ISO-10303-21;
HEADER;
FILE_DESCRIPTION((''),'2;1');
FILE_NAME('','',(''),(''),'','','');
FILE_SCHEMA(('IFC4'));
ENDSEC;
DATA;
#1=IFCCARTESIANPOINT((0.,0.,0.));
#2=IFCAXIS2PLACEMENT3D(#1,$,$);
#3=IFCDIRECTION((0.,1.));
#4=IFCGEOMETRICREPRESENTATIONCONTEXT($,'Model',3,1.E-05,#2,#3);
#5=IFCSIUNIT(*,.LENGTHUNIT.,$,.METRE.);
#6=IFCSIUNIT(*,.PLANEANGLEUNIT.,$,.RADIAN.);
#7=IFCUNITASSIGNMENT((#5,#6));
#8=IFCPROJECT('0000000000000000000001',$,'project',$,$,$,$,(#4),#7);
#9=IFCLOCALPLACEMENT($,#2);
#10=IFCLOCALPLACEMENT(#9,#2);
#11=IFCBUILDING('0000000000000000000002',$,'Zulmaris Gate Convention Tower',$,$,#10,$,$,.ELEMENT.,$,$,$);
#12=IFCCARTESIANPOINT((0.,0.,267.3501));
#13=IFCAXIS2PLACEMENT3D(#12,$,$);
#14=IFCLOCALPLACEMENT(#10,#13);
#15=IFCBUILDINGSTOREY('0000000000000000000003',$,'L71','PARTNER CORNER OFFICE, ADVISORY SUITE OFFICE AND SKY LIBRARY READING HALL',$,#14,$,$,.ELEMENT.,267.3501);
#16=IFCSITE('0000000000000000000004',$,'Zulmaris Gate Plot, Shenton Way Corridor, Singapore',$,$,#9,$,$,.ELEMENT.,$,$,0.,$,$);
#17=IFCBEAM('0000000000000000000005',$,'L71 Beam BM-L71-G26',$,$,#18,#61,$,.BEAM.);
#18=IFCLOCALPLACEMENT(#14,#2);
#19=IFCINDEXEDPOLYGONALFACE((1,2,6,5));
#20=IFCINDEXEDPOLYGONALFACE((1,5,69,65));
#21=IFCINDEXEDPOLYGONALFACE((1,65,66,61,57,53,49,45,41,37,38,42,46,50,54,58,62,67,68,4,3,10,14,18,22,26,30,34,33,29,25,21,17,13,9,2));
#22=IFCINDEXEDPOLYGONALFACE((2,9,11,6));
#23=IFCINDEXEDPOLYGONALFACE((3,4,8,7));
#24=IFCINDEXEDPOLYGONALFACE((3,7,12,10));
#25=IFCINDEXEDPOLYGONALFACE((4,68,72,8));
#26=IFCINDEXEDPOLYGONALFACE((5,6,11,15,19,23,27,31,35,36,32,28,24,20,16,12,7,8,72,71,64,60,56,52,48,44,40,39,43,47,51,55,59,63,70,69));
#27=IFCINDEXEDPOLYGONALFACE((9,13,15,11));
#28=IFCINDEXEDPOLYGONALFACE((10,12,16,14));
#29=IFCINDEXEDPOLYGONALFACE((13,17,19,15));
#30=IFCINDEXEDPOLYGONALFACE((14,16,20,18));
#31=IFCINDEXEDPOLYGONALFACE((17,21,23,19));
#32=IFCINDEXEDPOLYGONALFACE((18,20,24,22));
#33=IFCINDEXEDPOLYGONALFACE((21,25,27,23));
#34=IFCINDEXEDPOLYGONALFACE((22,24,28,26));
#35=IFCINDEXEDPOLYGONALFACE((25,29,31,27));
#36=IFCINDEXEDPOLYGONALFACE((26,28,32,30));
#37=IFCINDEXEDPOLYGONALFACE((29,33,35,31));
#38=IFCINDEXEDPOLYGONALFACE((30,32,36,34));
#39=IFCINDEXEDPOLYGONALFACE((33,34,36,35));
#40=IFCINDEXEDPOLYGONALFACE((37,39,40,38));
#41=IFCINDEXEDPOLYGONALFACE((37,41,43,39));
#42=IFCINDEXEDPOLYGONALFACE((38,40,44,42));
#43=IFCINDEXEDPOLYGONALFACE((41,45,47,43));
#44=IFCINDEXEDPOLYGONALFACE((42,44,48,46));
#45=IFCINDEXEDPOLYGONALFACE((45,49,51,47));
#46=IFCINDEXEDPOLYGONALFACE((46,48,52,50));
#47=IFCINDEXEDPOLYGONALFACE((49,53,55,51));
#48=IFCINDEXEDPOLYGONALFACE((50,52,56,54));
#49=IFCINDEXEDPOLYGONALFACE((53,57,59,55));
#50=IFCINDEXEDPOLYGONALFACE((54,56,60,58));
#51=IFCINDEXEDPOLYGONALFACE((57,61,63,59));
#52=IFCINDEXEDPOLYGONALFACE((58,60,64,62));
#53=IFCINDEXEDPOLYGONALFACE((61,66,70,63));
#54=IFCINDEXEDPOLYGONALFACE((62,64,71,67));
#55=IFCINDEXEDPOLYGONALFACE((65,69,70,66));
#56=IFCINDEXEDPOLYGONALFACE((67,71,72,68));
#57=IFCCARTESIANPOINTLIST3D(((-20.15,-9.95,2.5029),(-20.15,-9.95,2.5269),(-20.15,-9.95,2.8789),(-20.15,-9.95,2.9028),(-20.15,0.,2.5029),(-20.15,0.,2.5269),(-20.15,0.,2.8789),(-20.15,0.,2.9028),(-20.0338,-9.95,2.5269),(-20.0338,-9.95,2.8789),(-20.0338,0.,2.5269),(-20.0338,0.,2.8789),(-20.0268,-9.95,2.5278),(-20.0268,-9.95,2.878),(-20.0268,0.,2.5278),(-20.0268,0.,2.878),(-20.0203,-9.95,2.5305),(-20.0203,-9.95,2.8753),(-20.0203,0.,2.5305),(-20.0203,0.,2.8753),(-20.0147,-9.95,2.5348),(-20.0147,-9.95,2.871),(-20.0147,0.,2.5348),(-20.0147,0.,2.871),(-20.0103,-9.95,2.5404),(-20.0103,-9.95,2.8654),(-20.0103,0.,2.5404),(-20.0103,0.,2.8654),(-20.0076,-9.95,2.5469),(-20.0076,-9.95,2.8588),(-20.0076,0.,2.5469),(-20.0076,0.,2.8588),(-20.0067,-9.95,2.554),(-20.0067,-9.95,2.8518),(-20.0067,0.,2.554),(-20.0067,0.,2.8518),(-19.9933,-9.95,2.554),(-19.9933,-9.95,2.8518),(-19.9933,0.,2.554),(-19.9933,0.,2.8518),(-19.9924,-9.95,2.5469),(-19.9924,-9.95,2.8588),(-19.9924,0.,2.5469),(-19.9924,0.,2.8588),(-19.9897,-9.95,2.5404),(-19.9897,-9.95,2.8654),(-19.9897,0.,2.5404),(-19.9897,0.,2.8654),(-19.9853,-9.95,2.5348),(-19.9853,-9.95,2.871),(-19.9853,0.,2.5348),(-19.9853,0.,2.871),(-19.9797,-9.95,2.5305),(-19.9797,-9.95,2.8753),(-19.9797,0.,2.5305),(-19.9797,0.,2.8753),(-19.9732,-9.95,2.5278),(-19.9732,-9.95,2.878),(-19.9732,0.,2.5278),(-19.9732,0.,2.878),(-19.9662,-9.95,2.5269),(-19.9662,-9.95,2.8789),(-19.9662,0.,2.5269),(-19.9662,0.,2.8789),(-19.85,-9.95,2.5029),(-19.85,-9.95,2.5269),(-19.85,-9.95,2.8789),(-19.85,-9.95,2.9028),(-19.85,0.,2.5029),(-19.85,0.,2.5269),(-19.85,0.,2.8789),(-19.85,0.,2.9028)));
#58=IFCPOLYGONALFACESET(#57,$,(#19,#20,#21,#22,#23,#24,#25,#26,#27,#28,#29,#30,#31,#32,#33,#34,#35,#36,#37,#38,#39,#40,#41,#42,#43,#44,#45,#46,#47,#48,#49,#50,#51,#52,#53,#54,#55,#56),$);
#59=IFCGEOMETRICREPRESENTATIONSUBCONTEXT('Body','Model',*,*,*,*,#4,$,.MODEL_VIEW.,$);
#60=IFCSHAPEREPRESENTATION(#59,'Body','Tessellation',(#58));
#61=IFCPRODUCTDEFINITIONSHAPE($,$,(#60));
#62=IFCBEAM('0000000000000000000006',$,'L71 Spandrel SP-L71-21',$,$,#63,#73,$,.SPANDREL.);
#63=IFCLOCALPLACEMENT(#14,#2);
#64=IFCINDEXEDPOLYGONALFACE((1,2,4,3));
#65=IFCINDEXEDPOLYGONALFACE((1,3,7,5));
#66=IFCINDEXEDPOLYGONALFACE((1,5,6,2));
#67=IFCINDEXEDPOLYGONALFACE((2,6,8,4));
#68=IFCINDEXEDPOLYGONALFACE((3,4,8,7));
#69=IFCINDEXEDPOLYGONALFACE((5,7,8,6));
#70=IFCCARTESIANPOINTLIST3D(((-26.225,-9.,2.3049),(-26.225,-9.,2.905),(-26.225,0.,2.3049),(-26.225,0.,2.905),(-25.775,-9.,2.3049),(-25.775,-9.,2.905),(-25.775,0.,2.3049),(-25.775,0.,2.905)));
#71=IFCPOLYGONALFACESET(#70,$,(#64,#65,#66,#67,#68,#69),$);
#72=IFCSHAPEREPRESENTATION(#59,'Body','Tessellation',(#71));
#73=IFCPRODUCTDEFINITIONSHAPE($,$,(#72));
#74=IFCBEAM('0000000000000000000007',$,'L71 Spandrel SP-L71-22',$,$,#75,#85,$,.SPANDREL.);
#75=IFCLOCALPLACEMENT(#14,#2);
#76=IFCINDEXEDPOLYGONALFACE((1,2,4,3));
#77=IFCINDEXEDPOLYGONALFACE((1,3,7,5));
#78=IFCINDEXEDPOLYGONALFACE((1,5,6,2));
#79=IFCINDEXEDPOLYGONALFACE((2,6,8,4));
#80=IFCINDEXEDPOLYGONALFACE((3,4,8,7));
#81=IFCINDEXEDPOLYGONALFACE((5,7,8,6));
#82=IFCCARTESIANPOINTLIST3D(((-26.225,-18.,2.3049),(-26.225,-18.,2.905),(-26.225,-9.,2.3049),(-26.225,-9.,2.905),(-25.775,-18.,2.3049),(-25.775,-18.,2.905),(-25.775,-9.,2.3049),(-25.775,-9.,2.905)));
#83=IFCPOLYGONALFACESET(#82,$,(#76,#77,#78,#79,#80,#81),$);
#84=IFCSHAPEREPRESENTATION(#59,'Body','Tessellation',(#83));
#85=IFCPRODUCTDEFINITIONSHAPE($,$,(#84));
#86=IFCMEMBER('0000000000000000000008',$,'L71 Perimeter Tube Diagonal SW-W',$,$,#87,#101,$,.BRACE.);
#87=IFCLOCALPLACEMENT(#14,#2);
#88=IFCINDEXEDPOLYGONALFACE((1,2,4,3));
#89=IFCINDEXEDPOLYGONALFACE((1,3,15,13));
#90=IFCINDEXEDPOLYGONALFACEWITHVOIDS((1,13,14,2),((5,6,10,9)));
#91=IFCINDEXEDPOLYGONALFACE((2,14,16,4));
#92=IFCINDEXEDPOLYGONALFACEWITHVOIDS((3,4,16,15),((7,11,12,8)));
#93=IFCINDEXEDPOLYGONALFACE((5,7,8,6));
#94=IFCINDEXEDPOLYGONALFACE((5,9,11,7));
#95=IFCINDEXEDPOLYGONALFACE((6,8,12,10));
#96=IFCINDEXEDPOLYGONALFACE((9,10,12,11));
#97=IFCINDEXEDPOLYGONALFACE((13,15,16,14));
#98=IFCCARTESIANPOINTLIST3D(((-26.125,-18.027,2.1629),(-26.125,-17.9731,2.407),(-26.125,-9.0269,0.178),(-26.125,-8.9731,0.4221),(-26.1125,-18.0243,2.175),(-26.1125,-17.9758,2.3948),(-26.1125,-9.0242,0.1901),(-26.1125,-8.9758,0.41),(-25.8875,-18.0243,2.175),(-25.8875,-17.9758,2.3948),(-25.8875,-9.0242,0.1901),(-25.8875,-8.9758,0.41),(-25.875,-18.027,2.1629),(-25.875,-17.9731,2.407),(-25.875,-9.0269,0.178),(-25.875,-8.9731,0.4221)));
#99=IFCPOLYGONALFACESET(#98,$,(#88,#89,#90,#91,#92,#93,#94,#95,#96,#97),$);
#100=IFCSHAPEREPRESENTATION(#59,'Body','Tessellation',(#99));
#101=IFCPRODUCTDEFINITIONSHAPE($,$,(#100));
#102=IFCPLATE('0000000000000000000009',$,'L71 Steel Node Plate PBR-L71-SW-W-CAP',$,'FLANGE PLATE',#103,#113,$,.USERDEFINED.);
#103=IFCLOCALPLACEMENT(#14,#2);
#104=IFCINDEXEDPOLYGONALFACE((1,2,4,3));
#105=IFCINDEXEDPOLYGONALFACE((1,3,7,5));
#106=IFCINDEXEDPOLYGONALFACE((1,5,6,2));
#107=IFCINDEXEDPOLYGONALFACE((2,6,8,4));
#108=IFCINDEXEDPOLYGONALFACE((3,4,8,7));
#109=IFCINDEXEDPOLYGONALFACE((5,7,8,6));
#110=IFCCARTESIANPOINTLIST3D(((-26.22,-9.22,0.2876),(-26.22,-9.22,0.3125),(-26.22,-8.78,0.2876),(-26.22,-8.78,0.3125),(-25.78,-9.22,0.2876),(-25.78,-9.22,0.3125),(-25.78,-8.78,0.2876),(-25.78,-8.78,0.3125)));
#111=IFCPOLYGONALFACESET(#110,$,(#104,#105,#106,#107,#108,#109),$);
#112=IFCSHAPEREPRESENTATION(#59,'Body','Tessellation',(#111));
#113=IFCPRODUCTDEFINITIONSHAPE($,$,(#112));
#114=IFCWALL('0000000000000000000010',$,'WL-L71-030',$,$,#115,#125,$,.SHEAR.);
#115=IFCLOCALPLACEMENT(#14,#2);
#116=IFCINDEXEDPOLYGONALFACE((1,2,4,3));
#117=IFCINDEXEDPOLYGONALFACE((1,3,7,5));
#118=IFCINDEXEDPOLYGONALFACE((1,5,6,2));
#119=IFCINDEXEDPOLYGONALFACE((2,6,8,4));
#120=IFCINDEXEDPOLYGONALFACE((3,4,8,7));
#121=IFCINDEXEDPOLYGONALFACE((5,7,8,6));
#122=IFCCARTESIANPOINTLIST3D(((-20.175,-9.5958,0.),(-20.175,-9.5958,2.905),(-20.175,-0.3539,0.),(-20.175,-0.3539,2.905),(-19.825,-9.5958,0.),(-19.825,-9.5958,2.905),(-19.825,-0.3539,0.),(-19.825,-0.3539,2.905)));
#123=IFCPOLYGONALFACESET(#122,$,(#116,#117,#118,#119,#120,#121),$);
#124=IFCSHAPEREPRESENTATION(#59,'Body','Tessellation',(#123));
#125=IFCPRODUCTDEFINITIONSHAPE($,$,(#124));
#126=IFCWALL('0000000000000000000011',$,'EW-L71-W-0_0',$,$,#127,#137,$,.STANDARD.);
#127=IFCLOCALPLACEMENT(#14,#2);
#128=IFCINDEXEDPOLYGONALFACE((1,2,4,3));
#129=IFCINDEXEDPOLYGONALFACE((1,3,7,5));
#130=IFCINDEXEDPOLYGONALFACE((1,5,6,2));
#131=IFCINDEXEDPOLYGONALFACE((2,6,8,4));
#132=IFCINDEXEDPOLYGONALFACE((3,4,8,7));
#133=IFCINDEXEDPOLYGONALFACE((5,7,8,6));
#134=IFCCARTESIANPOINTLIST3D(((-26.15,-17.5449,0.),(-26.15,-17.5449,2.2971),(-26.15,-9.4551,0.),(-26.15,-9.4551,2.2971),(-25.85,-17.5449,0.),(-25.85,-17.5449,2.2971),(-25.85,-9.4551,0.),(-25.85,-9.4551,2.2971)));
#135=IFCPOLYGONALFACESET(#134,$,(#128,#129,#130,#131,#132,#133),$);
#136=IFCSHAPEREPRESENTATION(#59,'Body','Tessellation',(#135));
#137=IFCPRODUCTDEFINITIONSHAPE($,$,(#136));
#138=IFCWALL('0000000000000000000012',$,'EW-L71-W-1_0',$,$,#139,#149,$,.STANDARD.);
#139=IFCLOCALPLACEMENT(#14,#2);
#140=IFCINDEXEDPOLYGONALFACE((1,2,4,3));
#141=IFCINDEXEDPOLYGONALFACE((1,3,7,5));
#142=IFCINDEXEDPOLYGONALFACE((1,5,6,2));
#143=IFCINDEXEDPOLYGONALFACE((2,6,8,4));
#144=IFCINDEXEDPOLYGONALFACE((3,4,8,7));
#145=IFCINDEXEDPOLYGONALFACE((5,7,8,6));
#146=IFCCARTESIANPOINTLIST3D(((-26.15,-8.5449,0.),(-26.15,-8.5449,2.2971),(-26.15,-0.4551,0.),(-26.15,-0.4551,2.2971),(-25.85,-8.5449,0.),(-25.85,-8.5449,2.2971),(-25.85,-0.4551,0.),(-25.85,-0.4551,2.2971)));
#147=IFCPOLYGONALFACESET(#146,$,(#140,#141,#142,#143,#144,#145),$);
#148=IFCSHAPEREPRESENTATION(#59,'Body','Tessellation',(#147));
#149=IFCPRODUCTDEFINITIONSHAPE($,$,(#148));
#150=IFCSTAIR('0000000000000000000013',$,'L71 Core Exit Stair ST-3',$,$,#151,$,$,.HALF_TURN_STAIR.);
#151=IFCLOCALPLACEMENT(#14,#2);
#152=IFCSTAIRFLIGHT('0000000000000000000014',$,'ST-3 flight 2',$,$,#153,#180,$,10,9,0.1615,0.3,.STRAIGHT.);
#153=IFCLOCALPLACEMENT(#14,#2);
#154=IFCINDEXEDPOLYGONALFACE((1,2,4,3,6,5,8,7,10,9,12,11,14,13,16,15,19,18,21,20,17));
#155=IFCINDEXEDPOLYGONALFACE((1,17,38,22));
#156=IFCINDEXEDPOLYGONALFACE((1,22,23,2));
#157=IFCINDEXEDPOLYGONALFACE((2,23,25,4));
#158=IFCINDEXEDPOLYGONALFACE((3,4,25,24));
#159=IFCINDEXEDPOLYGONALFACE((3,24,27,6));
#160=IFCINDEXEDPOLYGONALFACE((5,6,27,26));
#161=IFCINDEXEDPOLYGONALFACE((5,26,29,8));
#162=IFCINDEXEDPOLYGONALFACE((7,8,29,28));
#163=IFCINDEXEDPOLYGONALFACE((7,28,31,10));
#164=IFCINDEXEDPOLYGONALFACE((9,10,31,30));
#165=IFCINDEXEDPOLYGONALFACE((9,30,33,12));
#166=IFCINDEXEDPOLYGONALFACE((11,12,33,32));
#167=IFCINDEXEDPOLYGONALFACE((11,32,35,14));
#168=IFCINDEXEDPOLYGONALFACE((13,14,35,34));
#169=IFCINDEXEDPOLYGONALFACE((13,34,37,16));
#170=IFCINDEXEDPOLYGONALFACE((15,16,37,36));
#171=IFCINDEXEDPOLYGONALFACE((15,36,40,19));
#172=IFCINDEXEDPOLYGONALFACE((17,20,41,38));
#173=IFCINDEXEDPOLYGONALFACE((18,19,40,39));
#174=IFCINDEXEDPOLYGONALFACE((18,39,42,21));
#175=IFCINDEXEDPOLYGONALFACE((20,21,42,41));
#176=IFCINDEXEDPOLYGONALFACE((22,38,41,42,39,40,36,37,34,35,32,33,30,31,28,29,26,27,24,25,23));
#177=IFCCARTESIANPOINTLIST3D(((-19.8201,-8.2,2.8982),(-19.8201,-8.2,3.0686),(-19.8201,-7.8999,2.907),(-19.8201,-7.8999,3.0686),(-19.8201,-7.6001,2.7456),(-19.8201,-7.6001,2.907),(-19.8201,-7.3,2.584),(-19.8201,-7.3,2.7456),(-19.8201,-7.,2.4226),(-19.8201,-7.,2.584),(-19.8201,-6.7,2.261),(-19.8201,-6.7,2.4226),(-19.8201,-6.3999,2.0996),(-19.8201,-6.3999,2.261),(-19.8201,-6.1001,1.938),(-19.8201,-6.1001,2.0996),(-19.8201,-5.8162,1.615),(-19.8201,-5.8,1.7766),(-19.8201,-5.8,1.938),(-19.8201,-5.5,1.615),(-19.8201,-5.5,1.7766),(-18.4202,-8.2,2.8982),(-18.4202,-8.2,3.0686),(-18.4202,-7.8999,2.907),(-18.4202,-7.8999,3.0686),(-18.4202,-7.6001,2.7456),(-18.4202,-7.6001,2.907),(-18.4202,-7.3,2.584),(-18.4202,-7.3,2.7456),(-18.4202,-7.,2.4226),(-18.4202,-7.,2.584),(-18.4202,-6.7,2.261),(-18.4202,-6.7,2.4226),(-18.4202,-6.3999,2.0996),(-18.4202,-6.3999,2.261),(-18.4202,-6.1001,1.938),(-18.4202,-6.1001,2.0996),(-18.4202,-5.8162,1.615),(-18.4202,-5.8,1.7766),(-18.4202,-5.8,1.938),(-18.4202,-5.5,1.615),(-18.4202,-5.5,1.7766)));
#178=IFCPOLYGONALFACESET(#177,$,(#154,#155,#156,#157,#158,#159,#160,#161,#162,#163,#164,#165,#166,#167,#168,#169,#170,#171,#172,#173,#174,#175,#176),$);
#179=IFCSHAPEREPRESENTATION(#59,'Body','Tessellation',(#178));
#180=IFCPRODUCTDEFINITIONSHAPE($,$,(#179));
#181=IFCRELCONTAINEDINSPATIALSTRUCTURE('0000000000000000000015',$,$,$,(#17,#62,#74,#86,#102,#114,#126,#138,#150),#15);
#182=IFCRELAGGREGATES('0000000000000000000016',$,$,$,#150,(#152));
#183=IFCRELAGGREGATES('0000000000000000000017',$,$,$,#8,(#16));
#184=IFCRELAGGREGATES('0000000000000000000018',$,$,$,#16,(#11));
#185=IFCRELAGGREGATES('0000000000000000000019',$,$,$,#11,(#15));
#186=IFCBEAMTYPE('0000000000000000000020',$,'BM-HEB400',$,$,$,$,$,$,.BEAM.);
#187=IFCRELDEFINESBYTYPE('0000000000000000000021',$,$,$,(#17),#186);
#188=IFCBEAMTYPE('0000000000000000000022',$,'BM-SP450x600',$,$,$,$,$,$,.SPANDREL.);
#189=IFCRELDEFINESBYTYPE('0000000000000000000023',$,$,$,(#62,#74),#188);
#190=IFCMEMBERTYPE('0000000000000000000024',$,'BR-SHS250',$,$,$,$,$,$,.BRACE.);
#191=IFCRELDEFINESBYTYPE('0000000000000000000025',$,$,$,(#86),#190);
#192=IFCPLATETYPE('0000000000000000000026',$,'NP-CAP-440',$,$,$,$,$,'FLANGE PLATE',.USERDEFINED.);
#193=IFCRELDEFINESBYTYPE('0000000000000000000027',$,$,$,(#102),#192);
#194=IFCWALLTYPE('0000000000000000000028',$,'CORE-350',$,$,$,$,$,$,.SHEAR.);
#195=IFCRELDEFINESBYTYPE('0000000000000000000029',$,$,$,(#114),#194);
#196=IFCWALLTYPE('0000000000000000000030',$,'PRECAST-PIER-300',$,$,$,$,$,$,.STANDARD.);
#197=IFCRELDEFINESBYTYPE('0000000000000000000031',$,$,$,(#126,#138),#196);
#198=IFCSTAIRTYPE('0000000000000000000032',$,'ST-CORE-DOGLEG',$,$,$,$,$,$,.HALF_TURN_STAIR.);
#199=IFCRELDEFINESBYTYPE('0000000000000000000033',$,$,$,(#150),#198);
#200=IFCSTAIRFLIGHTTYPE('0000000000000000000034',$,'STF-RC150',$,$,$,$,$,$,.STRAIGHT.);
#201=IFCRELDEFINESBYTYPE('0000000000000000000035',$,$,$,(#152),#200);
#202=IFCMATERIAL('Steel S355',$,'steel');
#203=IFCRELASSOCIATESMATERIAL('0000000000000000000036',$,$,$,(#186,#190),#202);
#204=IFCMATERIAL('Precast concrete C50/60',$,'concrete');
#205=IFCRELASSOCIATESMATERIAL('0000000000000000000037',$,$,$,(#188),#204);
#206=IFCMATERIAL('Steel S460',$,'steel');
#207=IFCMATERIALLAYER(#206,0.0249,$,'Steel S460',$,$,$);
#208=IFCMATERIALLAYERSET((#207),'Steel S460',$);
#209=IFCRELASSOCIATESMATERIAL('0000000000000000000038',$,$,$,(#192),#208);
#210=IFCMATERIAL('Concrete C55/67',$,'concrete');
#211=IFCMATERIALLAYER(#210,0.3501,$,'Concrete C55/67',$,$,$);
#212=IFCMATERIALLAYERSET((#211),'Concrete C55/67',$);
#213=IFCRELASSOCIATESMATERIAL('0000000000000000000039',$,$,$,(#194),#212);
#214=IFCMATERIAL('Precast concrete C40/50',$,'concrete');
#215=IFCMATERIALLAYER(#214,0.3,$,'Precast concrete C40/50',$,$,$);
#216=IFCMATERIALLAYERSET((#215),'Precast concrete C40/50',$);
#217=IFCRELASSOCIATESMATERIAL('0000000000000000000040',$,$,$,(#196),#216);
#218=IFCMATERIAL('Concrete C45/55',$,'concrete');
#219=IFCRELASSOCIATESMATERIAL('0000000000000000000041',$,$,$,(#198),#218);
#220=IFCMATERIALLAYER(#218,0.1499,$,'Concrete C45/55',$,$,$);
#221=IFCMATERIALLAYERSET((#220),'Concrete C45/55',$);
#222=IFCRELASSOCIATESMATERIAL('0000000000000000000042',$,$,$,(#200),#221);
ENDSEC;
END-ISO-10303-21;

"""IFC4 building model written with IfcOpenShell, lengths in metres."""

from ifc_helpers import new_model, si_unit, direction, frame, frame_2d, origin, origin_2d, place, context, subcontext, project, spatial, polyline, rectangle, hollow_rectangle, i_section, outline, extrude, material, layer, layer_set, material_profile, profile_set, type_object, element, aggregate, save


model = new_model("IFC4")

# Units and contexts
model_context = context("Model", 3, precision=1e-05, world=origin(), true_north=direction((0.0, 1.0)))
body_context = subcontext(model_context, "Body", "Model", "MODEL_VIEW")
ifc_project = project(units=[si_unit("LENGTHUNIT", "METRE"), si_unit("PLANEANGLEUNIT", "RADIAN")], contexts=[model_context])

# Site, building, storey
site_placement = place(None, origin())
site = spatial("IfcSite", under=ifc_project, at=site_placement, Name="Zulmaris Gate Plot, Shenton Way Corridor, Singapore", CompositionType="ELEMENT", RefElevation=0.0)
building_placement = place(site_placement, origin())
building = spatial("IfcBuilding", under=site, at=building_placement, Name="Zulmaris Gate Convention Tower", CompositionType="ELEMENT")
storey_placement = place(building_placement, frame((0.0, 0.0, 267.3501)))
storey = spatial("IfcBuildingStorey", under=building, at=storey_placement, Name="L71", Description="PARTNER CORNER OFFICE, ADVISORY SUITE OFFICE AND SKY LIBRARY READING HALL", CompositionType="ELEMENT", Elevation=267.3501)

# Beams
ifc_material_1 = material(Name="Steel S355", Category="steel")
ifc_material_profile_1 = material_profile(ifc_material_1, i_section(OverallWidth=0.3, OverallDepth=0.3999, WebThickness=0.0134, FlangeThickness=0.0239, FilletRadius=0.0271, at=origin_2d()), Name="HEB 400")
ifc_profile_set_1 = profile_set([ifc_material_profile_1], Name="Steel S355")
beam_type_1 = type_object("IfcBeamType", Name="BM-HEB400", PredefinedType="BEAM", material=ifc_profile_set_1)
beam_1_placement = place(storey_placement, frame((-20.0, -9.95, 2.7029), z_axis=(0.0, 1.0, 0.0), x_axis=(-1.0, 0.0, 0.0)))
element("IfcBeam", 1, at=beam_1_placement, inside=storey, type_object=beam_type_1, Name="L71 Beam BM-L71-G26", PredefinedType="BEAM", context=body_context, shape_type="SweptSolid", body=[
    extrude(i_section(OverallWidth=0.3, OverallDepth=0.3999, WebThickness=0.0134, FlangeThickness=0.0239, FilletRadius=0.0271, at=origin_2d()), origin(), (0.0, 0.0, 1.0), 9.95),
])
ifc_material_2 = material(Name="Precast concrete C50/60", Category="concrete")
ifc_material_profile_2 = material_profile(ifc_material_2, rectangle(XDim=0.45, YDim=0.6001, at=origin_2d()), Name="RC SPANDREL 450x600")
ifc_profile_set_2 = profile_set([ifc_material_profile_2], Name="Precast concrete C50/60")
beam_type_2 = type_object("IfcBeamType", Name="BM-SP450x600", PredefinedType="SPANDREL", material=ifc_profile_set_2)
for number, where, z_axis, x_axis, name in (
    (2, (-26.0, 0.0, 2.605), (0.0, -1.0, 0.0), (1.0, 0.0, 0.0), "L71 Spandrel SP-L71-21"),
    (3, (-26.0, -9.0, 2.605), (0.0, -1.0, 0.0), (1.0, 0.0, 0.0), "L71 Spandrel SP-L71-22"),
):
    element("IfcBeam", number, at=place(storey_placement, frame(where, z_axis=z_axis, x_axis=x_axis)), inside=storey, type_object=beam_type_2, Name=name, PredefinedType="SPANDREL", context=body_context, shape_type="SweptSolid", body=[
        extrude(rectangle(XDim=0.45, YDim=0.6001, at=origin_2d()), origin(), (0.0, 0.0, 1.0), 9.0),
    ])

# Member
ifc_material_profile_3 = material_profile(ifc_material_1, hollow_rectangle(XDim=0.25, YDim=0.25, WallThickness=0.0125, at=origin_2d()), Name="SHS 250x250x12.5")
ifc_profile_set_3 = profile_set([ifc_material_profile_3], Name="Steel S355")
member_type = type_object("IfcMemberType", Name="BR-SHS250", PredefinedType="BRACE", material=ifc_profile_set_3)
member_placement = place(storey_placement, frame((-26.0, -9.0, 0.3), z_axis=(0.0, -0.976534, 0.215365), x_axis=(1.0, 0.0, 0.0)))
element("IfcMember", 4, at=member_placement, inside=storey, type_object=member_type, Name="L71 Perimeter Tube Diagonal SW-W", PredefinedType="BRACE", context=body_context, shape_type="SweptSolid", body=[
    extrude(hollow_rectangle(XDim=0.25, YDim=0.25, WallThickness=0.0125, at=origin_2d()), origin(), (0.0, 0.0, 1.0), 9.2163),
])

# Plate
ifc_material_3 = material(Name="Steel S460", Category="steel")
ifc_layer_1 = layer(ifc_material_3, 0.0249, Name="Steel S460")
ifc_layer_set_1 = layer_set([ifc_layer_1], Name="Steel S460")
plate_type = type_object("IfcPlateType", Name="NP-CAP-440", ElementType="FLANGE PLATE", PredefinedType="USERDEFINED", material=ifc_layer_set_1)
plate_placement = place(storey_placement, frame((-26.0, -9.0, 0.2876), z_axis=(0.0, 0.0, 1.0), x_axis=(1.0, 0.0, 0.0)))
element("IfcPlate", 5, at=plate_placement, inside=storey, type_object=plate_type, Name="L71 Steel Node Plate PBR-L71-SW-W-CAP", ObjectType="FLANGE PLATE", PredefinedType="USERDEFINED", context=body_context, shape_type="SweptSolid", body=[
    extrude(rectangle(XDim=0.4399, YDim=0.4399, at=origin_2d()), origin(), (0.0, 0.0, 1.0), 0.0249),
])

# Shared definitions
ifc_material_4 = material(Name="Concrete C55/67", Category="concrete")
ifc_layer_2 = layer(ifc_material_4, 0.3501, Name="Concrete C55/67")
ifc_layer_set_2 = layer_set([ifc_layer_2], Name="Concrete C55/67")
wall_type_1 = type_object("IfcWallType", Name="CORE-350", PredefinedType="SHEAR", material=ifc_layer_set_2)

# Walls
wall_1_placement = place(storey_placement, frame((-20.0, -9.5959, 0.0), z_axis=(0.0, 0.0, 1.0), x_axis=(0.0, 1.0, 0.0)))
element("IfcWall", 6, at=wall_1_placement, inside=storey, type_object=wall_type_1, Name="WL-L71-030", PredefinedType="SHEAR", context=body_context, shape_type="SweptSolid", body=[
    extrude(rectangle(XDim=9.2419, YDim=0.3501, at=frame_2d((4.6211, 0.0))), origin(), (0.0, 0.0, 1.0), 2.905),
])
ifc_material_5 = material(Name="Precast concrete C40/50", Category="concrete")
ifc_layer_3 = layer(ifc_material_5, 0.3, Name="Precast concrete C40/50")
ifc_layer_set_3 = layer_set([ifc_layer_3], Name="Precast concrete C40/50")
wall_type_2 = type_object("IfcWallType", Name="PRECAST-PIER-300", PredefinedType="STANDARD", material=ifc_layer_set_3)
for number, where, z_axis, x_axis, name in (
    (7, (-26.0, -9.4551, 0.0), (0.0, 0.0, 1.0), (0.0, -1.0, 0.0), "EW-L71-W-0_0"),
    (8, (-26.0, -0.4551, 0.0), (0.0, 0.0, 1.0), (0.0, -1.0, 0.0), "EW-L71-W-1_0"),
):
    element("IfcWall", number, at=place(storey_placement, frame(where, z_axis=z_axis, x_axis=x_axis)), inside=storey, type_object=wall_type_2, Name=name, PredefinedType="STANDARD", context=body_context, shape_type="SweptSolid", body=[
        extrude(rectangle(XDim=8.0898, YDim=0.3, at=frame_2d((4.0449, 0.0))), origin(), (0.0, 0.0, 1.0), 2.2971),
    ])

# Stair, stair flight
ifc_material_6 = material(Name="Concrete C45/55", Category="concrete")
stair_type = type_object("IfcStairType", Name="ST-CORE-DOGLEG", PredefinedType="HALF_TURN_STAIR", material=ifc_material_6)
stair_placement = place(storey_placement, origin())
stair = element("IfcStair", 9, at=stair_placement, inside=storey, type_object=stair_type, Name="L71 Core Exit Stair ST-3", PredefinedType="HALF_TURN_STAIR")
ifc_layer_4 = layer(ifc_material_6, 0.1499, Name="Concrete C45/55")
ifc_layer_set_4 = layer_set([ifc_layer_4], Name="Concrete C45/55")
stair_flight_type = type_object("IfcStairFlightType", Name="STF-RC150", PredefinedType="STRAIGHT", material=ifc_layer_set_4)
stair_flight_placement = place(storey_placement, frame((-19.1201, -5.5, 1.615), z_axis=(0.0, 0.0, 1.0), x_axis=(0.0, -1.0, 0.0)))
stair_flight = element("IfcStairFlight", 10, at=stair_flight_placement, type_object=stair_flight_type, Name="ST-3 flight 2", NumberOfRisers=10, NumberOfTreads=9, PredefinedType="STRAIGHT", RiserHeight=0.1615, TreadLength=0.3, context=body_context, shape_type="SweptSolid", body=[
    extrude(outline(polyline([(0.0, 0.0), (0.0, 0.1616), (0.3, 0.1616), (0.3, 0.323), (0.6001, 0.323), (0.6001, 0.4846), (0.8999, 0.4846), (0.8999, 0.646), (1.2, 0.646), (1.2, 0.8076), (1.5, 0.8076), (1.5, 0.969), (1.8, 0.969), (1.8, 1.1306), (2.1001, 1.1306), (2.1001, 1.292), (2.3999, 1.292), (2.3999, 1.4536), (2.7, 1.4536), (2.7, 1.615), (2.7, 1.2832), (0.3162, 0.0), (0.0, 0.0)])), frame((0.0, 0.7, 0.0), z_axis=(0.0, -1.0, 0.0), x_axis=(1.0, 0.0, 0.0)), (0.0, 0.0, 1.0), 1.3999),
])
aggregate(stair, [stair_flight])

save(model, "model.ifc")
